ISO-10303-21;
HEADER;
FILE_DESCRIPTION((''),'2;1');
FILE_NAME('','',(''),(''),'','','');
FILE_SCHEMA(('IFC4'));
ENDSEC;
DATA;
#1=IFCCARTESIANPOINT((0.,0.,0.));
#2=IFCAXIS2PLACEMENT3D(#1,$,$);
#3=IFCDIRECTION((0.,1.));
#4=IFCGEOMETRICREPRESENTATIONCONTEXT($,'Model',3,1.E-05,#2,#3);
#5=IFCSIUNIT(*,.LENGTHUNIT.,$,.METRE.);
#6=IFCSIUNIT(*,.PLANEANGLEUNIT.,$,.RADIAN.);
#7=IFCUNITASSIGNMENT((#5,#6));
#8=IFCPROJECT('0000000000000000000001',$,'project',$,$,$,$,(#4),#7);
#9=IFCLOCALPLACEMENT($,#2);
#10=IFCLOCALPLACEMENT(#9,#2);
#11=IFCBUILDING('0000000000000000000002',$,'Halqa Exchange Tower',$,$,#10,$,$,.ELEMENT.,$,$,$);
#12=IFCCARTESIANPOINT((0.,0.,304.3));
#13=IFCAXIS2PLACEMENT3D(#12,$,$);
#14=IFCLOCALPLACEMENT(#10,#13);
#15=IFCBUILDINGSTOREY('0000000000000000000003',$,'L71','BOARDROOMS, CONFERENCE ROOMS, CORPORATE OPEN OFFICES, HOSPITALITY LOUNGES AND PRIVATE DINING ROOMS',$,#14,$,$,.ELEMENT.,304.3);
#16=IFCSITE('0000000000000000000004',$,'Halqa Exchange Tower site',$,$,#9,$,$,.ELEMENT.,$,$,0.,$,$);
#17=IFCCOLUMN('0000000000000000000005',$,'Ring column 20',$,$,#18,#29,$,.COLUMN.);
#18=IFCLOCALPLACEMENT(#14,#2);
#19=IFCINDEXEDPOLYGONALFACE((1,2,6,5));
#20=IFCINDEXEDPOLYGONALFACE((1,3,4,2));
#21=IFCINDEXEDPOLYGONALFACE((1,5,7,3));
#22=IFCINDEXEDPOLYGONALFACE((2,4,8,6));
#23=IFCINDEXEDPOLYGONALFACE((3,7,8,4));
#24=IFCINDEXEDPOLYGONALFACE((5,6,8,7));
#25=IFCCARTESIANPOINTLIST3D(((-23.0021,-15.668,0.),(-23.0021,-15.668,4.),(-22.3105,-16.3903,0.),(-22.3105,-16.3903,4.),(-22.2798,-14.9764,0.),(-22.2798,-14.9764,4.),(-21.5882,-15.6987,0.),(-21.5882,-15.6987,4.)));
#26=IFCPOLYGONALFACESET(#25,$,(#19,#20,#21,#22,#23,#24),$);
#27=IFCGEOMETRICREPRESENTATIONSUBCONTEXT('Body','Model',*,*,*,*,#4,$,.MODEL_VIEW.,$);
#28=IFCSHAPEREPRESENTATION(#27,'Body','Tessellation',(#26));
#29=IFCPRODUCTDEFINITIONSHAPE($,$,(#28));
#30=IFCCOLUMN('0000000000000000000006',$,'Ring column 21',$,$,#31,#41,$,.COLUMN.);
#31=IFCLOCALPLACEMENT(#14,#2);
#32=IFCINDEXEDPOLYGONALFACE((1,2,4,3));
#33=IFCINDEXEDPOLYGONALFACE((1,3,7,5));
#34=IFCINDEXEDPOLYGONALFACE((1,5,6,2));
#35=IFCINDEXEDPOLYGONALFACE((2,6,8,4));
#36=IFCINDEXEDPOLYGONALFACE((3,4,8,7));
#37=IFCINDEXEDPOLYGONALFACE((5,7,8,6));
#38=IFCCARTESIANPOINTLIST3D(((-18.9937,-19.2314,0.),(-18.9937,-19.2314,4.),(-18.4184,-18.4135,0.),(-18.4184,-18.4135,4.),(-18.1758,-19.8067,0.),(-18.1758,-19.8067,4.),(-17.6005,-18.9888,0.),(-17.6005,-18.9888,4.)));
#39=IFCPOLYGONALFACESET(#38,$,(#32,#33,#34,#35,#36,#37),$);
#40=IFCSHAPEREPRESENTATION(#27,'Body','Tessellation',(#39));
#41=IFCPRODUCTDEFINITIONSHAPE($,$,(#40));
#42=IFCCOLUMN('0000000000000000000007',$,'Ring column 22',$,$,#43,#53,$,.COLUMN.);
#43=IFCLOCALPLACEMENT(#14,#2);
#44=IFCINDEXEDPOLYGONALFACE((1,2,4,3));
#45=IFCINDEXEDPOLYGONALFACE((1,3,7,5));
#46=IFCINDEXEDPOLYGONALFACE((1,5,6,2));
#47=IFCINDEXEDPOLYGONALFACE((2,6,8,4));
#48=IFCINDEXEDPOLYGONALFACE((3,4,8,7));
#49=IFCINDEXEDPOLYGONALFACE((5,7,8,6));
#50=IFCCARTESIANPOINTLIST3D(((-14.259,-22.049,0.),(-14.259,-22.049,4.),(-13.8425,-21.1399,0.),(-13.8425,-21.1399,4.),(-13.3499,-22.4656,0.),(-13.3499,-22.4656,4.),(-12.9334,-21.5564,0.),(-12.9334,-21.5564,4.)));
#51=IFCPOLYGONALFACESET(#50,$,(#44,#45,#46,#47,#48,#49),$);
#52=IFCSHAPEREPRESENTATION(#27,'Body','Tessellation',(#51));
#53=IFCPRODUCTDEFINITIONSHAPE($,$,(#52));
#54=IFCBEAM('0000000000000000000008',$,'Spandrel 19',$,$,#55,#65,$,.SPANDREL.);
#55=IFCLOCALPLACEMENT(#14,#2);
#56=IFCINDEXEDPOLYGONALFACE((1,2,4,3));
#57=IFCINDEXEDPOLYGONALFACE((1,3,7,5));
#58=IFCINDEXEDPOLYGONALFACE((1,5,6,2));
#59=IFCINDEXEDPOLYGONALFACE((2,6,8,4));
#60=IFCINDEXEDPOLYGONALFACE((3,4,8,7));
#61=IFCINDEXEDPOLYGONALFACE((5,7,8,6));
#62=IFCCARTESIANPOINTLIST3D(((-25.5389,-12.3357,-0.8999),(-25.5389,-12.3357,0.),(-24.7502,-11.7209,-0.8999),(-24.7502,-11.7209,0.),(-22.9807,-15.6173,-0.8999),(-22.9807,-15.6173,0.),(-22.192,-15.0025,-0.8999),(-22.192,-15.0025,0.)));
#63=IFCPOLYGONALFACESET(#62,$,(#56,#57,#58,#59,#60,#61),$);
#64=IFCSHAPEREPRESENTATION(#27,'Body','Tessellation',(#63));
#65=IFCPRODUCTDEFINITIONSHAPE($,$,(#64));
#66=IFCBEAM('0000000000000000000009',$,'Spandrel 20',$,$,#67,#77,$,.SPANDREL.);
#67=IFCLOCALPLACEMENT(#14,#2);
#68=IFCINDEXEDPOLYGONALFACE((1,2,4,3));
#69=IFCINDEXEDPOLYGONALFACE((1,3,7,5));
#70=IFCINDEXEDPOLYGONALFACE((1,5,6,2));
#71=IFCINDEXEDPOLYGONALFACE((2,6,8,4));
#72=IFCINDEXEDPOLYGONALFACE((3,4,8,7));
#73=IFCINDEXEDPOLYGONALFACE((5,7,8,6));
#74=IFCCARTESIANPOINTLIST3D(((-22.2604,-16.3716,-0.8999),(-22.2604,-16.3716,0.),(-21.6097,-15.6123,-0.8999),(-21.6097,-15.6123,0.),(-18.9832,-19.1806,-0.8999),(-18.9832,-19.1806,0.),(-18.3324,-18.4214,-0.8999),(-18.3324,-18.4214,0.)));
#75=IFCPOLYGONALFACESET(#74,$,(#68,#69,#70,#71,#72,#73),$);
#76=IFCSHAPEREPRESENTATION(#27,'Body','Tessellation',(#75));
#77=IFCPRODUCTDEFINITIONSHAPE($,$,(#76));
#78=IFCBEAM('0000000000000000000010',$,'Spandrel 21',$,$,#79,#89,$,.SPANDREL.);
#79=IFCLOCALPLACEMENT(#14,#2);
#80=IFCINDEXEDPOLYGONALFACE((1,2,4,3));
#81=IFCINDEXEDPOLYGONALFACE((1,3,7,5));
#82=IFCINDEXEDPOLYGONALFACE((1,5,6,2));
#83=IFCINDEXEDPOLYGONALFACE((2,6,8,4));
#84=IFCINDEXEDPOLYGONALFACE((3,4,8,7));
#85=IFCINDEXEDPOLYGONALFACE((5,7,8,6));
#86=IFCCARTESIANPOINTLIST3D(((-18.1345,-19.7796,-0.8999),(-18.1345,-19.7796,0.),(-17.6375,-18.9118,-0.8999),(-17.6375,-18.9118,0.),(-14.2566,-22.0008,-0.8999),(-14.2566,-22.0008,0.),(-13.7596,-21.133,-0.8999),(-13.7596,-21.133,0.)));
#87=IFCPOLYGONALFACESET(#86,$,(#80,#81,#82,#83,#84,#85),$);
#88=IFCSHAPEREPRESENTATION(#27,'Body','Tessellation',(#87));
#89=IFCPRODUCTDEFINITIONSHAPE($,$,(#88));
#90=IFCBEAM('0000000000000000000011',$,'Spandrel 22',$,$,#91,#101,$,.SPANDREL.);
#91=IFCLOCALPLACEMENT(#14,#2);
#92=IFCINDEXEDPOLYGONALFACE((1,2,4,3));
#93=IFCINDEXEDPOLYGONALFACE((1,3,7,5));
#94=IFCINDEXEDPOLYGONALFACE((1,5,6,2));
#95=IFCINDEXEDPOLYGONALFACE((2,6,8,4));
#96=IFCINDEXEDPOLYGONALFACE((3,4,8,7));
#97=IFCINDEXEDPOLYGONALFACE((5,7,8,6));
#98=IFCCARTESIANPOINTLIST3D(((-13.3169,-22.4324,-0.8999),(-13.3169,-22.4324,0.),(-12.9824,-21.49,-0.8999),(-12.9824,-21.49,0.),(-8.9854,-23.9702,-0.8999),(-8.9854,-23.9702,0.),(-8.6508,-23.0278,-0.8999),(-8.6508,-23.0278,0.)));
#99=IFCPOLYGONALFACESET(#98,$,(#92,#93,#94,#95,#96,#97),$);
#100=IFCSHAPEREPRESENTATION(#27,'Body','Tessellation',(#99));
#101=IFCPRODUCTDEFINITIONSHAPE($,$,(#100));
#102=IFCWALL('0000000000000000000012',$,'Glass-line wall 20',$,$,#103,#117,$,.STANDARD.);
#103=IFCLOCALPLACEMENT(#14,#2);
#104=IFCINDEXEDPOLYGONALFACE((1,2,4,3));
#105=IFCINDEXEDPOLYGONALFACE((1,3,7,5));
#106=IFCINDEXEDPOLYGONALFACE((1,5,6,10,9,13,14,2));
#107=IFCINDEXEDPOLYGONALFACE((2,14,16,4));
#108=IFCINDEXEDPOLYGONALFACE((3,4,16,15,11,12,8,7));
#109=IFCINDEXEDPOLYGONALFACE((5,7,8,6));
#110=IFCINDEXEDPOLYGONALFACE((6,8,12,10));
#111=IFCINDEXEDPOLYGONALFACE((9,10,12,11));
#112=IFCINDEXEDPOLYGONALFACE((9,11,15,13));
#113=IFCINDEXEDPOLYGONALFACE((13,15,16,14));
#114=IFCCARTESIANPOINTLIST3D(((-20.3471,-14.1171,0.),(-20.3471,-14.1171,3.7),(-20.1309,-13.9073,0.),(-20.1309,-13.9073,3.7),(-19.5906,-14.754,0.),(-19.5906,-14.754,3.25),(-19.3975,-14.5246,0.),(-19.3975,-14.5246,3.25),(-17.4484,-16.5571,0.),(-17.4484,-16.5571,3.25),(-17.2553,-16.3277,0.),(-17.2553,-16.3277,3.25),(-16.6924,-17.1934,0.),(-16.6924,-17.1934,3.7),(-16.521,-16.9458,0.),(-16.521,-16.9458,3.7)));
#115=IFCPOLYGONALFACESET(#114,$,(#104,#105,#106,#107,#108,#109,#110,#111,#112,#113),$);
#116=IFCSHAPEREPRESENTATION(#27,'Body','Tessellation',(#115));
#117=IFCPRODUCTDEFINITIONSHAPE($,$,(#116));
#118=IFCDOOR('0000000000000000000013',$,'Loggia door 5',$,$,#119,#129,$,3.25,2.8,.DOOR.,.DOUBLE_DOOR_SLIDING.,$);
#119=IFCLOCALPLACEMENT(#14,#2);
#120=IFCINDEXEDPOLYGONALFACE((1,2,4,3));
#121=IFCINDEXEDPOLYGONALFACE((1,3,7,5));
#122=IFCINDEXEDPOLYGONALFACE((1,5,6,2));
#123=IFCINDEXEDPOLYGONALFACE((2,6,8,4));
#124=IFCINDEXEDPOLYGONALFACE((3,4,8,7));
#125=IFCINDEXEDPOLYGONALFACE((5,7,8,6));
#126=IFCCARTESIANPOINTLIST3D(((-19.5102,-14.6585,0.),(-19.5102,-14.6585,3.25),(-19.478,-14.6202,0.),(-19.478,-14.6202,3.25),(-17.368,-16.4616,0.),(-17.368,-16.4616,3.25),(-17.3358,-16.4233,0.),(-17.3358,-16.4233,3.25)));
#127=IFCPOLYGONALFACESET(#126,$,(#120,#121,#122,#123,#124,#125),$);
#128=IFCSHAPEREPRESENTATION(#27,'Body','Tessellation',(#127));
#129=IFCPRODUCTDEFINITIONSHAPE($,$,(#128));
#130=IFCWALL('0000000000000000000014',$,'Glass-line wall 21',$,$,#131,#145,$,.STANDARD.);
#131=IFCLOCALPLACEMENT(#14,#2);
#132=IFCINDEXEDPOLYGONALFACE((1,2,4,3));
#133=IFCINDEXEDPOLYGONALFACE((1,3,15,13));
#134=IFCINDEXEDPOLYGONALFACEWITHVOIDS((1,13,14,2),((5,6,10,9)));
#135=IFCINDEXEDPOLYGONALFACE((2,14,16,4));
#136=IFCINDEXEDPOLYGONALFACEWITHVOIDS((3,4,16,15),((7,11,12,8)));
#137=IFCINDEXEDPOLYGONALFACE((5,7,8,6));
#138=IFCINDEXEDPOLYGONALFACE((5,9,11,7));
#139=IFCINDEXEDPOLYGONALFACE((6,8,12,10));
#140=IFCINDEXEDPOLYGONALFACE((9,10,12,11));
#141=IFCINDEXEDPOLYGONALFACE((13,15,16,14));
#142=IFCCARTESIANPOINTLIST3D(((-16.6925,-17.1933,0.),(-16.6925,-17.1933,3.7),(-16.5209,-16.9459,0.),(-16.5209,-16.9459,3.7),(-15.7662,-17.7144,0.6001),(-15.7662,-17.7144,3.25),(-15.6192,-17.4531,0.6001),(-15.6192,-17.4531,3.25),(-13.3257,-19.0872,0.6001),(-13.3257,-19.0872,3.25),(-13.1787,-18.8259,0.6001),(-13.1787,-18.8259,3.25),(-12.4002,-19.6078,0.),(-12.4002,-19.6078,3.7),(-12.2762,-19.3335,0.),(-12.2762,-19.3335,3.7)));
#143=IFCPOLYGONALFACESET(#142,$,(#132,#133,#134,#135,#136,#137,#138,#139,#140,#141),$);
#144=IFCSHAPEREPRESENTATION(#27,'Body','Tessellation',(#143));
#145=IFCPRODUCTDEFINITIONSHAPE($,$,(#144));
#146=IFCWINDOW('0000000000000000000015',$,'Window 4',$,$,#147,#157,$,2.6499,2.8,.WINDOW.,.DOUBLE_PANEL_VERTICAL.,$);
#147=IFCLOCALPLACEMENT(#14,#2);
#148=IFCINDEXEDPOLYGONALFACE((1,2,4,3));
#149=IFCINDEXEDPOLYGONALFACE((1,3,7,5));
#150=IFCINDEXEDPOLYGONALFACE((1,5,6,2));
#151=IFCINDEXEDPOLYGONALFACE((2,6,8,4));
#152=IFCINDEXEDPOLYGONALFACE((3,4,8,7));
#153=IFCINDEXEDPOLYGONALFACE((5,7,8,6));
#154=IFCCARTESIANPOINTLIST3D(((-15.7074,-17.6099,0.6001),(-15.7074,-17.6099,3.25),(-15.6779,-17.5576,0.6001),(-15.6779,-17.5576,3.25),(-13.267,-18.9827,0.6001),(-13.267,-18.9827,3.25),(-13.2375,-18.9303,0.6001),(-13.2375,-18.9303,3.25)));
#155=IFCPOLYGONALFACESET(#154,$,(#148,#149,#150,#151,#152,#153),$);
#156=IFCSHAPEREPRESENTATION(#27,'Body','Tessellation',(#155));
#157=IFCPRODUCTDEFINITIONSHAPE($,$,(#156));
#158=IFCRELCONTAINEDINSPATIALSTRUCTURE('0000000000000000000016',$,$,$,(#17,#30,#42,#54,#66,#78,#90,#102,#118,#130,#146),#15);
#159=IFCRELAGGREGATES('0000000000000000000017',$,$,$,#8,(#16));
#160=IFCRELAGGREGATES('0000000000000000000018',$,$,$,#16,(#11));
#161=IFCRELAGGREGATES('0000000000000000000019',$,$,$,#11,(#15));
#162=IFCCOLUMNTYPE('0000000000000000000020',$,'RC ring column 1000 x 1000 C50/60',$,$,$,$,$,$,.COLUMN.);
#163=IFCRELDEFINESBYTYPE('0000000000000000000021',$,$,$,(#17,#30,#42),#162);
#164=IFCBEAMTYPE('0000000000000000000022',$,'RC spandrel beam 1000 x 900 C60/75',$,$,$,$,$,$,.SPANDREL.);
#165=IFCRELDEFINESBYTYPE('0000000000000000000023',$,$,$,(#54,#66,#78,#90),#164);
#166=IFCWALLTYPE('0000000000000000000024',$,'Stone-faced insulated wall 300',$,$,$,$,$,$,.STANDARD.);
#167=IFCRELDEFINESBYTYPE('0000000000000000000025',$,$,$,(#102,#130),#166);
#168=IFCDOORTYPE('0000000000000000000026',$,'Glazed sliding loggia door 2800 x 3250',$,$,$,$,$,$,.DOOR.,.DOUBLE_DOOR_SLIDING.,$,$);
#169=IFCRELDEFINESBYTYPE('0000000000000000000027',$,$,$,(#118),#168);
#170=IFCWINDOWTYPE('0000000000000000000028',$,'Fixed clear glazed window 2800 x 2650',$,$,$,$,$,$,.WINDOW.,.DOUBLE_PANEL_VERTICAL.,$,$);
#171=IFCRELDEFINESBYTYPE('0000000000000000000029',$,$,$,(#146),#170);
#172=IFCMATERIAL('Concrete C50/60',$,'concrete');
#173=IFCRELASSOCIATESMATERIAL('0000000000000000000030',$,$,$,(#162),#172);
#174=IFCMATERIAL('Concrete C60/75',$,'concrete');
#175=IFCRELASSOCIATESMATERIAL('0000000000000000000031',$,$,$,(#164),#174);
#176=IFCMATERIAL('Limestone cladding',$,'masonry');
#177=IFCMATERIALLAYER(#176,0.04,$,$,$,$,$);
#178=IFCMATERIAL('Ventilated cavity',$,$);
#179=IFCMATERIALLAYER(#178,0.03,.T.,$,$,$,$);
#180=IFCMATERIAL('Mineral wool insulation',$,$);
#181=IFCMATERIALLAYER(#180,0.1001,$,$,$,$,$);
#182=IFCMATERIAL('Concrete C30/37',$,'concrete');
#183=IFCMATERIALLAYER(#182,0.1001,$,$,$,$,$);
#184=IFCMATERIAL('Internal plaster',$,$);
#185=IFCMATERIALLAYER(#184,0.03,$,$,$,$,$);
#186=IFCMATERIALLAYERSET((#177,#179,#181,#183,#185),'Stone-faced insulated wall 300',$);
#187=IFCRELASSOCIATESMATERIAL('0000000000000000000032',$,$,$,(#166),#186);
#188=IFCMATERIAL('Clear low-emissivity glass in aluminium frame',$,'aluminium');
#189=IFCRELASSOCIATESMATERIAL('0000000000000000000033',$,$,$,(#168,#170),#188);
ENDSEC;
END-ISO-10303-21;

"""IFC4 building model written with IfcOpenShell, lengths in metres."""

from ifc_helpers import new_model, si_unit, direction, frame, frame_2d, origin, origin_2d, place, context, subcontext, project, spatial, polyline, rectangle, outline, extrude, material, layer, layer_set, material_profile, profile_set, type_object, element, fill, save


model = new_model("IFC4")

# Units and contexts
model_context = context("Model", 3, precision=1e-05, world=origin(), true_north=direction((0.0, 1.0)))
body_context = subcontext(model_context, "Body", "Model", "MODEL_VIEW")
ifc_project = project(units=[si_unit("LENGTHUNIT", "METRE"), si_unit("PLANEANGLEUNIT", "RADIAN")], contexts=[model_context])

# Site, building, storey
site_placement = place(None, origin())
site = spatial("IfcSite", under=ifc_project, at=site_placement, Name="Halqa Exchange Tower site", CompositionType="ELEMENT", RefElevation=0.0)
building_placement = place(site_placement, origin())
building = spatial("IfcBuilding", under=site, at=building_placement, Name="Halqa Exchange Tower", CompositionType="ELEMENT")
storey_placement = place(building_placement, frame((0.0, 0.0, 304.3)))
storey = spatial("IfcBuildingStorey", under=building, at=storey_placement, Name="L71", Description="BOARDROOMS, CONFERENCE ROOMS, CORPORATE OPEN OFFICES, HOSPITALITY LOUNGES AND PRIVATE DINING ROOMS", CompositionType="ELEMENT", Elevation=304.3)

# Columns
ifc_material_1 = material(Name="Concrete C50/60", Category="concrete")
ifc_material_profile_1 = material_profile(ifc_material_1, rectangle(XDim=1.0, YDim=1.0, at=origin_2d()), Name="1000 x 1000")
ifc_profile_set_1 = profile_set([ifc_material_profile_1], Name="Concrete C50/60")
column_type = type_object("IfcColumnType", Name="RC ring column 1000 x 1000 C50/60", PredefinedType="COLUMN", material=ifc_profile_set_1)
for number, where, z_axis, x_axis, name in (
    (1, (-22.2952, -15.6833, 0.0), (0.0, 0.0, 1.0), (0.691581, -0.722299, 0.0), "Ring column 20"),
    (2, (-18.2971, -19.1101, 0.0), (0.0, 0.0, 1.0), (0.817904, -0.575355, 0.0), "Ring column 21"),
    (3, (-13.5962, -21.8027, 0.0), (0.0, 0.0, 1.0), (0.909126, -0.41652, 0.0), "Ring column 22"),
):
    element("IfcColumn", number, at=place(storey_placement, frame(where, z_axis=z_axis, x_axis=x_axis)), inside=storey, type_object=column_type, Name=name, PredefinedType="COLUMN", context=body_context, shape_type="SweptSolid", body=[
        extrude(rectangle(XDim=1.0, YDim=1.0, at=origin_2d()), origin(), (0.0, 0.0, 1.0), 4.0),
    ])

# Beams
ifc_material_2 = material(Name="Concrete C60/75", Category="concrete")
ifc_material_profile_2 = material_profile(ifc_material_2, rectangle(XDim=1.0, YDim=0.8999, at=origin_2d()), Name="1000 x 900")
ifc_profile_set_2 = profile_set([ifc_material_profile_2], Name="Concrete C60/75")
beam_type = type_object("IfcBeamType", Name="RC spandrel beam 1000 x 900 C60/75", PredefinedType="SPANDREL", material=ifc_profile_set_2)
beam_1_placement = place(storey_placement, frame((-25.1445, -12.0283, -0.45), z_axis=(0.614814, -0.788672, 0.0), x_axis=(0.788672, 0.614814, 0.0)))
element("IfcBeam", 4, at=beam_1_placement, inside=storey, type_object=beam_type, Name="Spandrel 19", PredefinedType="SPANDREL", context=body_context, shape_type="SweptSolid", body=[
    extrude(rectangle(XDim=1.0, YDim=0.8999, at=origin_2d()), origin(), (0.0, 0.0, 1.0), 4.1609),
])
beam_2_placement = place(storey_placement, frame((-21.9351, -15.9919, -0.45), z_axis=(0.759265, -0.650782, 0.0), x_axis=(0.650782, 0.759265, 0.0)))
element("IfcBeam", 5, at=beam_2_placement, inside=storey, type_object=beam_type, Name="Spandrel 20", PredefinedType="SPANDREL", context=body_context, shape_type="SweptSolid", body=[
    extrude(rectangle(XDim=1.0, YDim=0.8999, at=origin_2d()), origin(), (0.0, 0.0, 1.0), 4.3164),
])
beam_3_placement = place(storey_placement, frame((-17.886, -19.3457, -0.45), z_axis=(0.867738, -0.497021, 0.0), x_axis=(0.497021, 0.867738, 0.0)))
element("IfcBeam", 6, at=beam_3_placement, inside=storey, type_object=beam_type, Name="Spandrel 21", PredefinedType="SPANDREL", context=body_context, shape_type="SweptSolid", body=[
    extrude(rectangle(XDim=1.0, YDim=0.8999, at=origin_2d()), origin(), (0.0, 0.0, 1.0), 4.469),
])
beam_4_placement = place(storey_placement, frame((-13.1497, -21.9612, -0.45), z_axis=(0.94237, -0.334573, 0.0), x_axis=(0.334573, 0.94237, 0.0)))
element("IfcBeam", 7, at=beam_4_placement, inside=storey, type_object=beam_type, Name="Spandrel 22", PredefinedType="SPANDREL", context=body_context, shape_type="SweptSolid", body=[
    extrude(rectangle(XDim=1.0, YDim=0.8999, at=origin_2d()), origin(), (0.0, 0.0, 1.0), 4.5964),
])

# Wall, opening, door
ifc_material_3 = material(Name="Limestone cladding", Category="masonry")
ifc_layer_1 = layer(ifc_material_3, 0.04)
ifc_material_4 = material(Name="Ventilated cavity")
ifc_layer_2 = layer(ifc_material_4, 0.03, ventilated=True)
ifc_material_5 = material(Name="Mineral wool insulation")
ifc_layer_3 = layer(ifc_material_5, 0.1001)
ifc_material_6 = material(Name="Concrete C30/37", Category="concrete")
ifc_layer_4 = layer(ifc_material_6, 0.1001)
ifc_material_7 = material(Name="Internal plaster")
ifc_layer_5 = layer(ifc_material_7, 0.03)
ifc_layer_set_1 = layer_set([ifc_layer_1, ifc_layer_2, ifc_layer_3, ifc_layer_4, ifc_layer_5], Name="Stone-faced insulated wall 300")
wall_type_1 = type_object("IfcWallType", Name="Stone-faced insulated wall 300", PredefinedType="STANDARD", material=ifc_layer_set_1)
wall_1_placement = place(storey_placement, frame((-20.239, -14.0122, 0.0), z_axis=(0.0, 0.0, 1.0), x_axis=(0.765059, -0.64396, 0.0)))
wall_1 = element("IfcWall", 8, at=wall_1_placement, inside=storey, type_object=wall_type_1, Name="Glass-line wall 20", PredefinedType="STANDARD", context=body_context, shape_type="SweptSolid", body=[
    extrude(outline(polyline([(-0.0151, -0.1499), (4.762, -0.1499), (4.7336, 0.1499), (0.0151, 0.1499), (-0.0151, -0.1499)])), origin(), (0.0, 0.0, 1.0), 3.7),
])
opening_1_placement = place(wall_1_placement, frame((0.9739, 0.0, 0.0)))
opening_1 = element("IfcOpeningElement", 9, at=opening_1_placement, cuts=wall_1, PredefinedType="OPENING", context=body_context, shape_type="SweptSolid", body=[
    extrude(rectangle(XDim=2.8, YDim=3.25, at=frame_2d((1.3999, 1.625))), frame((0.0, 0.1621, 0.0), z_axis=(0.0, -1.0, 0.0), x_axis=(1.0, 0.0, 0.0)), (0.0, 0.0, 1.0), 0.324),
])
ifc_material_8 = material(Name="Clear low-emissivity glass in aluminium frame", Category="aluminium")
door_type_1 = type_object("IfcDoorType", Name="Glazed sliding loggia door 2800 x 3250", OperationType="DOUBLE_DOOR_SLIDING", PredefinedType="DOOR", material=ifc_material_8)
door_1_placement = place(opening_1_placement, origin())
door_1 = element("IfcDoor", 10, at=door_1_placement, inside=storey, type_object=door_type_1, Name="Loggia door 5", OperationType="DOUBLE_DOOR_SLIDING", OverallHeight=3.25, OverallWidth=2.8, PredefinedType="DOOR", context=body_context, shape_type="SweptSolid", body=[
    extrude(rectangle(XDim=2.8, YDim=3.25, at=frame_2d((1.3999, 1.625))), frame((0.0, 0.0249, 0.0), z_axis=(0.0, -1.0, 0.0), x_axis=(1.0, 0.0, 0.0)), (0.0, 0.0, 1.0), 0.05),
])
fill(opening_1, door_1)

# Wall, opening, window
wall_2_placement = place(storey_placement, frame((-16.6067, -17.0696, 0.0), z_axis=(0.0, 0.0, 1.0), x_axis=(0.87157, -0.490271, 0.0)))
wall_2 = element("IfcWall", 11, at=wall_2_placement, inside=storey, type_object=wall_type_1, Name="Glass-line wall 21", PredefinedType="STANDARD", context=body_context, shape_type="SweptSolid", body=[
    extrude(outline(polyline([(-0.0142, -0.1499), (4.9106, -0.1499), (4.8843, 0.1499), (0.0142, 0.1499), (-0.0142, -0.1499)])), origin(), (0.0, 0.0, 1.0), 3.7),
])
opening_2_placement = place(wall_2_placement, frame((1.0488, 0.0, 0.6001)))
opening_2 = element("IfcOpeningElement", 12, at=opening_2_placement, cuts=wall_2, PredefinedType="OPENING", context=body_context, shape_type="SweptSolid", body=[
    extrude(rectangle(XDim=2.8, YDim=2.6499, at=frame_2d((1.3999, 1.325))), frame((0.0, 0.1621, 0.0), z_axis=(0.0, -1.0, 0.0), x_axis=(1.0, 0.0, 0.0)), (0.0, 0.0, 1.0), 0.324),
])
window_type = type_object("IfcWindowType", Name="Fixed clear glazed window 2800 x 2650", PartitioningType="DOUBLE_PANEL_VERTICAL", PredefinedType="WINDOW", material=ifc_material_8)
window_1_placement = place(opening_2_placement, origin())
window_1 = element("IfcWindow", 13, at=window_1_placement, inside=storey, type_object=window_type, Name="Window 4", OverallHeight=2.6499, OverallWidth=2.8, PartitioningType="DOUBLE_PANEL_VERTICAL", PredefinedType="WINDOW", context=body_context, shape_type="SweptSolid", body=[
    extrude(rectangle(XDim=2.8, YDim=2.6499, at=frame_2d((1.3999, 1.325))), frame((0.0, 0.03, 0.0), z_axis=(0.0, -1.0, 0.0), x_axis=(1.0, 0.0, 0.0)), (0.0, 0.0, 1.0), 0.0601),
])
fill(opening_2, window_1)

save(model, "model.ifc")
